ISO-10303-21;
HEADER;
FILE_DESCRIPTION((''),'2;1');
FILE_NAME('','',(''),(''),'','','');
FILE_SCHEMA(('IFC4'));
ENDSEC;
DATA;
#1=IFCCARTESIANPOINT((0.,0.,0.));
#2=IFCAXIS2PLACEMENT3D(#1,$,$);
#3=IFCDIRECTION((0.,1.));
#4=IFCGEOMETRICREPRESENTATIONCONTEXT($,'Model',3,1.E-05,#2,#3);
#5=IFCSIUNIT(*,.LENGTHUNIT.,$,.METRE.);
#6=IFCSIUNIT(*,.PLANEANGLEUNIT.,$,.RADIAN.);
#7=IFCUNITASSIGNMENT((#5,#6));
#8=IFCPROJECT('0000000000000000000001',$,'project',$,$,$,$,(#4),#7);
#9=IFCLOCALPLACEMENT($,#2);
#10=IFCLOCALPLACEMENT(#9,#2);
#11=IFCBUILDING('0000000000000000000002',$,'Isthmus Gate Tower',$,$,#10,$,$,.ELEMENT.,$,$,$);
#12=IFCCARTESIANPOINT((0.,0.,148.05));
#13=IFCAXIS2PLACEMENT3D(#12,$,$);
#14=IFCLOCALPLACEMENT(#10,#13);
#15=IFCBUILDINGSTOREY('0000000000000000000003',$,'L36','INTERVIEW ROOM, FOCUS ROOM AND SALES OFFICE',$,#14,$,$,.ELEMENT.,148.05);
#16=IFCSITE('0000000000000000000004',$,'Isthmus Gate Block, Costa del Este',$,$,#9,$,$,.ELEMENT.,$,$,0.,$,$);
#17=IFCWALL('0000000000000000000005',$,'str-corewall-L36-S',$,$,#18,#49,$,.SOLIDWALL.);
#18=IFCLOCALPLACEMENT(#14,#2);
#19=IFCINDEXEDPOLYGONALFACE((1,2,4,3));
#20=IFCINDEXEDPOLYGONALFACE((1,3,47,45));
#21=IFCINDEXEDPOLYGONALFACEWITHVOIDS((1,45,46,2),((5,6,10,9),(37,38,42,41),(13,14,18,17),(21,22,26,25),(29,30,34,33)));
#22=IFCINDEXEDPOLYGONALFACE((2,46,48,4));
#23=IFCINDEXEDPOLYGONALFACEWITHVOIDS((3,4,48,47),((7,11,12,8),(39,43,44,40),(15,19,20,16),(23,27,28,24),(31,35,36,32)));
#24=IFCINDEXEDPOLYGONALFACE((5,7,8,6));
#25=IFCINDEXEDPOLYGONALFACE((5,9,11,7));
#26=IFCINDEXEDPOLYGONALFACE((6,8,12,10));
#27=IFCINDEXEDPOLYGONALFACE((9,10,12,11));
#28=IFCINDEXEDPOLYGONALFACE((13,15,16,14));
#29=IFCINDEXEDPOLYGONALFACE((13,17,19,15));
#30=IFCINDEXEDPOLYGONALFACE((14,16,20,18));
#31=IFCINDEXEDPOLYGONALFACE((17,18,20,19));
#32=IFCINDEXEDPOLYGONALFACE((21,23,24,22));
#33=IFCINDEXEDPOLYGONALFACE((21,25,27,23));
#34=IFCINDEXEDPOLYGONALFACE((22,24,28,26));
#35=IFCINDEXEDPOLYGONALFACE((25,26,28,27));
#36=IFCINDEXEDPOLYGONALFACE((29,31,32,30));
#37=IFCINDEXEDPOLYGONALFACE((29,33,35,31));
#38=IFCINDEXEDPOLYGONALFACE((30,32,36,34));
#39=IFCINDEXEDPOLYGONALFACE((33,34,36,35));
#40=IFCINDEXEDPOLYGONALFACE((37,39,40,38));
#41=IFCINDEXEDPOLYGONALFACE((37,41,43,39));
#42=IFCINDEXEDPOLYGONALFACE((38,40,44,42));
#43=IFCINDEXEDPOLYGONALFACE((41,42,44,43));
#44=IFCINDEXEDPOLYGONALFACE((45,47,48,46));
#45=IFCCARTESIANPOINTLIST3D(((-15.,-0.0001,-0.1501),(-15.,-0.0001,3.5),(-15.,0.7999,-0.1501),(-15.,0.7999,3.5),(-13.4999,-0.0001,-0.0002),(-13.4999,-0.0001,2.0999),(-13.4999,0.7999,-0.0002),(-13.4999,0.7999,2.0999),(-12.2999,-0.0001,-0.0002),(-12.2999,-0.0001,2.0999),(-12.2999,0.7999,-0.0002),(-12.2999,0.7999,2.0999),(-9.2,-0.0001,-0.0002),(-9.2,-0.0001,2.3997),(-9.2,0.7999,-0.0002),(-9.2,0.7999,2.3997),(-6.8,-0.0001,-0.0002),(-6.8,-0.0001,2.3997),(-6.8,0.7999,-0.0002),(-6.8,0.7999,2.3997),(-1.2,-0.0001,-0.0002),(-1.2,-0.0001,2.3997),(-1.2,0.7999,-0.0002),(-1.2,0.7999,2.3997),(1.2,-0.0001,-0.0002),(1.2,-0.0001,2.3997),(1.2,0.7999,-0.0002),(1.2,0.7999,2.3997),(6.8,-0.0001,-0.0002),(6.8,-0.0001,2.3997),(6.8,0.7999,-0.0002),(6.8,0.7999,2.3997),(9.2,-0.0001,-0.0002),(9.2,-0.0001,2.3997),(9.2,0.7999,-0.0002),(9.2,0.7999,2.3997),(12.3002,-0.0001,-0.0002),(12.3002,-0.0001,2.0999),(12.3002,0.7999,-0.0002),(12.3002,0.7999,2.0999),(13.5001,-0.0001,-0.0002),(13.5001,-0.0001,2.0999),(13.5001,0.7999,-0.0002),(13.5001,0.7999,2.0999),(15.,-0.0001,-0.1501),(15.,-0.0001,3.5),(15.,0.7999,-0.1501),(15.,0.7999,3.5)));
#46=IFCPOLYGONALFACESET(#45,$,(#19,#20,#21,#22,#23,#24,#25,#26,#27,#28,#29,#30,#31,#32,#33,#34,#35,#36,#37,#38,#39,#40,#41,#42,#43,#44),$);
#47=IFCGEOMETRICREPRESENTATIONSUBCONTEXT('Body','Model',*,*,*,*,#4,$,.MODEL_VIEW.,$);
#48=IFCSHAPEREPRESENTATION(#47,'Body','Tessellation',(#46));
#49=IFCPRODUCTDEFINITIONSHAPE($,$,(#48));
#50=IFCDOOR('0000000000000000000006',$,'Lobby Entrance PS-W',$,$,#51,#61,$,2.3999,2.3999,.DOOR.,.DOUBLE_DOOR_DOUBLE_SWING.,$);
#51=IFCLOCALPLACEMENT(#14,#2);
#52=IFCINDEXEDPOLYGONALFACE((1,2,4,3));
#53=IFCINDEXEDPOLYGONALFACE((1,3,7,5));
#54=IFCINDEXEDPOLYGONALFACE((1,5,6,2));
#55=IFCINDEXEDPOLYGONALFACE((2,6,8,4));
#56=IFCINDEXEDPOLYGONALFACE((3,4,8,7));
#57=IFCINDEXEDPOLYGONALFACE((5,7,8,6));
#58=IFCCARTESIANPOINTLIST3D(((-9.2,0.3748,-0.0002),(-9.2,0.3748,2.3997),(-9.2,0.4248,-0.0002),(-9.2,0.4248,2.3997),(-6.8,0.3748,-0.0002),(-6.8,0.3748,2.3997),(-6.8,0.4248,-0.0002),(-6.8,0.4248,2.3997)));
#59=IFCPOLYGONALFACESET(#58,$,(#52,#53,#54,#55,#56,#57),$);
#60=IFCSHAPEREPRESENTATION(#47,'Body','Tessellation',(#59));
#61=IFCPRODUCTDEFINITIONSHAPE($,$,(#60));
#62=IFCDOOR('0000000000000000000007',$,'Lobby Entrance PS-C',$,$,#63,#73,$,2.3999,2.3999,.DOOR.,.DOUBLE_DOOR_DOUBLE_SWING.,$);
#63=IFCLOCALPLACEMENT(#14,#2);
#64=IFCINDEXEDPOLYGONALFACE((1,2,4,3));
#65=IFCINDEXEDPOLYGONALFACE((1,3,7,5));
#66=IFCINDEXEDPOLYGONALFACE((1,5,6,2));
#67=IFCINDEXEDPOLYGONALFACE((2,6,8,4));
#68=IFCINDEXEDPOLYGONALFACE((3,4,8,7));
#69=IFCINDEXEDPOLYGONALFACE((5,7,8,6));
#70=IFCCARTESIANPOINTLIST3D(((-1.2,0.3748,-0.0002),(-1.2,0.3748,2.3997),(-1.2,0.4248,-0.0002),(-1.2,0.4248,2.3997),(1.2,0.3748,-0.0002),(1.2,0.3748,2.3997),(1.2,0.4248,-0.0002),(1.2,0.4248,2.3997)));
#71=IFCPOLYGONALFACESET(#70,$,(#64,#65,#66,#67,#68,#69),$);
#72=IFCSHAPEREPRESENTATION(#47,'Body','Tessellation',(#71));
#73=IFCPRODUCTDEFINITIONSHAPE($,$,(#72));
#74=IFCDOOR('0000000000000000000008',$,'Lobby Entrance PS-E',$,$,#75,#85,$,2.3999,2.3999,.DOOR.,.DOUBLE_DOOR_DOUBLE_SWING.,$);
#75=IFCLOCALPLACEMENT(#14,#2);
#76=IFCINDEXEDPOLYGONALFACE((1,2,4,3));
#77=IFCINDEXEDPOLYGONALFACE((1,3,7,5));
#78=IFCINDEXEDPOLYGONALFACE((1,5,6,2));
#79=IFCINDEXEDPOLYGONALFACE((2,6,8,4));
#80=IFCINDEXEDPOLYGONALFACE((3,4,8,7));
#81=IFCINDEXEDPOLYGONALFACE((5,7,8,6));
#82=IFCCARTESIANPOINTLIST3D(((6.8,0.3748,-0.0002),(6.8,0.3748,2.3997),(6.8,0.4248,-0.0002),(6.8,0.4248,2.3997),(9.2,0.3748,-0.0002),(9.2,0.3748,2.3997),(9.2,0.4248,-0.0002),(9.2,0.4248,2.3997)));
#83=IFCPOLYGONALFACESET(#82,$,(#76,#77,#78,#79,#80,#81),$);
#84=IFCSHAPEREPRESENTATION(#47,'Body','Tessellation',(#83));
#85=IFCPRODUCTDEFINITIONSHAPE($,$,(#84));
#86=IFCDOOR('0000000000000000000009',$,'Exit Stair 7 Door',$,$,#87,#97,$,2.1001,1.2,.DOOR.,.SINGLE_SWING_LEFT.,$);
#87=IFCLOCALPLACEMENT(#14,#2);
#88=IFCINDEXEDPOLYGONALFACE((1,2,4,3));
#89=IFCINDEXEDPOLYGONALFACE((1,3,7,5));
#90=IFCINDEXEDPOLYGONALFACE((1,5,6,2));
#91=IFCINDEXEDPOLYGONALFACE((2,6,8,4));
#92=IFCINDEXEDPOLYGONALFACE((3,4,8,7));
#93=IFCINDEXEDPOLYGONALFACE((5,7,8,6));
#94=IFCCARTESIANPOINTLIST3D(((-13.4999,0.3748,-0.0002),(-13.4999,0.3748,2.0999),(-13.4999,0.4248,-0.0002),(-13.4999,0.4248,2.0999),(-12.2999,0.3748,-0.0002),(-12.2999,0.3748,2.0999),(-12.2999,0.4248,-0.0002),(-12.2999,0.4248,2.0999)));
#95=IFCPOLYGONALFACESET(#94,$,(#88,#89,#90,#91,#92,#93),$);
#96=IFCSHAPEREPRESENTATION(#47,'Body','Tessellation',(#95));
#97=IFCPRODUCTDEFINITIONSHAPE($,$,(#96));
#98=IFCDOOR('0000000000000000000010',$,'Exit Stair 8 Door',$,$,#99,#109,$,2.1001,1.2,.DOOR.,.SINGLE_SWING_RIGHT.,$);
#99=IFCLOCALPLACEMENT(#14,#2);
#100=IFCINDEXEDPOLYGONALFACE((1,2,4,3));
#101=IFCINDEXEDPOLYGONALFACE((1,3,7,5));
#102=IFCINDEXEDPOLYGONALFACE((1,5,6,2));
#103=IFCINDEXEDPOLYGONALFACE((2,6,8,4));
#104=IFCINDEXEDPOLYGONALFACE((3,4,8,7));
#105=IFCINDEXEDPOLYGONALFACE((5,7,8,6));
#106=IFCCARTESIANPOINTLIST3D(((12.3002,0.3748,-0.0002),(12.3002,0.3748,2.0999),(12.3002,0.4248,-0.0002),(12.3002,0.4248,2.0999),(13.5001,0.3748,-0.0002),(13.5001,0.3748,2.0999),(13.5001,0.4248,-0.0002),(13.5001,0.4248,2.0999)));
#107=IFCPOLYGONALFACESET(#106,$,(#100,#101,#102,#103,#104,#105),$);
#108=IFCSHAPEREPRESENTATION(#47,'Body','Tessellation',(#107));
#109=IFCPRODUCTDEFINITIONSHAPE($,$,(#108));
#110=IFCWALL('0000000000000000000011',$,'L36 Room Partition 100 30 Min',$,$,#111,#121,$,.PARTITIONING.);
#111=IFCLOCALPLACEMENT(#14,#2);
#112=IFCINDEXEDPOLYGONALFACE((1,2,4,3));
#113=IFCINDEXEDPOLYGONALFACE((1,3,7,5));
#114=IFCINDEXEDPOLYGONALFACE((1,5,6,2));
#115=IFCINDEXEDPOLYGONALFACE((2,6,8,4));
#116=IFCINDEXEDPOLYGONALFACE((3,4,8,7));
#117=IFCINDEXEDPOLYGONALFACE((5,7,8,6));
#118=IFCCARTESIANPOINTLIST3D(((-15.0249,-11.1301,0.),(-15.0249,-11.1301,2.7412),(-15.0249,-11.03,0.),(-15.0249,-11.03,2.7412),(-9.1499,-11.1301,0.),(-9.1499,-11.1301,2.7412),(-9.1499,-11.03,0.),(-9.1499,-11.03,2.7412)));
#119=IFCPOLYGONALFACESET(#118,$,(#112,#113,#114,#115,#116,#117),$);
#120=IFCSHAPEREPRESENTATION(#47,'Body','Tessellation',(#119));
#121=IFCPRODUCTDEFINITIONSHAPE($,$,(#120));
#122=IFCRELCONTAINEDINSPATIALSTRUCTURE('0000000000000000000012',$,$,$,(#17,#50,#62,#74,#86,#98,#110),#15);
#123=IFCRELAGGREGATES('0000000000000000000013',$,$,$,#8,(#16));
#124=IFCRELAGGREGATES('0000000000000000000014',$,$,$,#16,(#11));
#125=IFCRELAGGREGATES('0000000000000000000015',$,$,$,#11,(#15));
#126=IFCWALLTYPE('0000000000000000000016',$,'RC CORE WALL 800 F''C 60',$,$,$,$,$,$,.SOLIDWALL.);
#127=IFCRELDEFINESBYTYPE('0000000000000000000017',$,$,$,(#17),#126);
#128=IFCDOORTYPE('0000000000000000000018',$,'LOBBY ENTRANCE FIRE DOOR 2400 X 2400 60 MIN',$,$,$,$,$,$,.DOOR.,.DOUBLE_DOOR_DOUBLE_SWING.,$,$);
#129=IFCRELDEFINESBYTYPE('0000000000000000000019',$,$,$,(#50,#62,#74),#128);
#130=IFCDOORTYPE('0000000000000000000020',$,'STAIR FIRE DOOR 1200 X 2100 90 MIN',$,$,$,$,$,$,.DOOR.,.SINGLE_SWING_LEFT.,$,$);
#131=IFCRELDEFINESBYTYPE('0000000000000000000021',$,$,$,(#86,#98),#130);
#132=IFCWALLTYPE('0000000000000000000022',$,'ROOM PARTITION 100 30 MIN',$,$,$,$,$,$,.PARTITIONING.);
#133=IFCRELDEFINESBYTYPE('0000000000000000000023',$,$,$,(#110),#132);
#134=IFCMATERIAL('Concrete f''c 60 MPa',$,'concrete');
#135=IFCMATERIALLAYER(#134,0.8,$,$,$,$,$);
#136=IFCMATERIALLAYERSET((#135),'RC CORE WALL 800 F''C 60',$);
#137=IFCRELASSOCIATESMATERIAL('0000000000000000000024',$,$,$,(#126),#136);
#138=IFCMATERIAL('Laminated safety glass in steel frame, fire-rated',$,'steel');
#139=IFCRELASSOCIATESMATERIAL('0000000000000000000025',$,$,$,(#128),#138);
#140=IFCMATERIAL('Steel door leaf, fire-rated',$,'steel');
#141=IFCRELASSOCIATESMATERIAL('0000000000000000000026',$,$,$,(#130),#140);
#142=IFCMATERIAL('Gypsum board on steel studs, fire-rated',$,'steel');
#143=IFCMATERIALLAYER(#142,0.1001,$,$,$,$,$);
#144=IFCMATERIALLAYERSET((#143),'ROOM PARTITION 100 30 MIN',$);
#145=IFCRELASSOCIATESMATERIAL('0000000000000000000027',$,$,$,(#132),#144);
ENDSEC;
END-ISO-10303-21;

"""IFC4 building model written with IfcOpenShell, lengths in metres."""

from ifc_helpers import new_model, si_unit, direction, frame, frame_2d, origin, place, context, subcontext, project, spatial, rectangle, extrude, material, layer, layer_set, type_object, element, fill, save


model = new_model("IFC4")

# Units and contexts
model_context = context("Model", 3, precision=1e-05, world=origin(), true_north=direction((0.0, 1.0)))
body_context = subcontext(model_context, "Body", "Model", "MODEL_VIEW")
ifc_project = project(units=[si_unit("LENGTHUNIT", "METRE"), si_unit("PLANEANGLEUNIT", "RADIAN")], contexts=[model_context])

# Site, building, storey
site_placement = place(None, origin())
site = spatial("IfcSite", under=ifc_project, at=site_placement, Name="Isthmus Gate Block, Costa del Este", CompositionType="ELEMENT", RefElevation=0.0)
building_placement = place(site_placement, origin())
building = spatial("IfcBuilding", under=site, at=building_placement, Name="Isthmus Gate Tower", CompositionType="ELEMENT")
storey_placement = place(building_placement, frame((0.0, 0.0, 148.05)))
storey = spatial("IfcBuildingStorey", under=building, at=storey_placement, Name="L36", Description="INTERVIEW ROOM, FOCUS ROOM AND SALES OFFICE", CompositionType="ELEMENT", Elevation=148.05)

# Wall, openings, doors
ifc_material_1 = material(Name="Concrete f'c 60 MPa", Category="concrete")
ifc_layer_1 = layer(ifc_material_1, 0.8)
ifc_layer_set_1 = layer_set([ifc_layer_1], Name="RC CORE WALL 800 F'C 60")
wall_type_1 = type_object("IfcWallType", Name="RC CORE WALL 800 F'C 60", PredefinedType="SOLIDWALL", material=ifc_layer_set_1)
wall_1_placement = place(storey_placement, frame((-15.0, 0.3999, -0.1501), z_axis=(0.0, 0.0, 1.0), x_axis=(1.0, 0.0, 0.0)))
wall_1 = element("IfcWall", 1, at=wall_1_placement, inside=storey, type_object=wall_type_1, Name="str-corewall-L36-S", PredefinedType="SOLIDWALL", context=body_context, shape_type="SweptSolid", body=[
    extrude(rectangle(XDim=30.0, YDim=0.8, at=frame_2d((15.0, 0.0))), origin(), (0.0, 0.0, 1.0), 3.6501),
])
opening_1_placement = place(wall_1_placement, frame((5.8, 0.0, 0.1499)))
opening_1 = element("IfcOpeningElement", 2, at=opening_1_placement, cuts=wall_1, PredefinedType="OPENING", context=body_context, shape_type="SweptSolid", body=[
    extrude(rectangle(XDim=2.3999, YDim=2.3999, at=frame_2d((1.2, 1.2))), frame((0.0, 0.4099, 0.0), z_axis=(0.0, -1.0, 0.0), x_axis=(1.0, 0.0, 0.0)), (0.0, 0.0, 1.0), 0.8201),
])
opening_2_placement = place(wall_1_placement, frame((13.8, 0.0, 0.1499)))
opening_2 = element("IfcOpeningElement", 3, at=opening_2_placement, cuts=wall_1, PredefinedType="OPENING", context=body_context, shape_type="SweptSolid", body=[
    extrude(rectangle(XDim=2.3999, YDim=2.3999, at=frame_2d((1.2, 1.2))), frame((0.0, 0.4099, 0.0), z_axis=(0.0, -1.0, 0.0), x_axis=(1.0, 0.0, 0.0)), (0.0, 0.0, 1.0), 0.8201),
])
opening_3_placement = place(wall_1_placement, frame((21.8, 0.0, 0.1499)))
opening_3 = element("IfcOpeningElement", 4, at=opening_3_placement, cuts=wall_1, PredefinedType="OPENING", context=body_context, shape_type="SweptSolid", body=[
    extrude(rectangle(XDim=2.3999, YDim=2.3999, at=frame_2d((1.2, 1.2))), frame((0.0, 0.4099, 0.0), z_axis=(0.0, -1.0, 0.0), x_axis=(1.0, 0.0, 0.0)), (0.0, 0.0, 1.0), 0.8201),
])
opening_4_placement = place(wall_1_placement, frame((1.5, 0.0, 0.1499)))
opening_4 = element("IfcOpeningElement", 5, at=opening_4_placement, cuts=wall_1, PredefinedType="OPENING", context=body_context, shape_type="SweptSolid", body=[
    extrude(rectangle(XDim=1.2, YDim=2.1001, at=frame_2d((0.6001, 1.05))), frame((0.0, 0.4099, 0.0), z_axis=(0.0, -1.0, 0.0), x_axis=(1.0, 0.0, 0.0)), (0.0, 0.0, 1.0), 0.8201),
])
opening_5_placement = place(wall_1_placement, frame((27.3, 0.0, 0.1499)))
opening_5 = element("IfcOpeningElement", 6, at=opening_5_placement, cuts=wall_1, PredefinedType="OPENING", context=body_context, shape_type="SweptSolid", body=[
    extrude(rectangle(XDim=1.2, YDim=2.1001, at=frame_2d((0.6001, 1.05))), frame((0.0, 0.4099, 0.0), z_axis=(0.0, -1.0, 0.0), x_axis=(1.0, 0.0, 0.0)), (0.0, 0.0, 1.0), 0.8201),
])
ifc_material_2 = material(Name="Laminated safety glass in steel frame, fire-rated", Category="steel")
door_type_1 = type_object("IfcDoorType", Name="LOBBY ENTRANCE FIRE DOOR 2400 X 2400 60 MIN", OperationType="DOUBLE_DOOR_DOUBLE_SWING", PredefinedType="DOOR", material=ifc_material_2)
door_1_placement = place(opening_1_placement, origin())
door_1 = element("IfcDoor", 7, at=door_1_placement, inside=storey, type_object=door_type_1, Name="Lobby Entrance PS-W", OperationType="DOUBLE_DOOR_DOUBLE_SWING", OverallHeight=2.3999, OverallWidth=2.3999, PredefinedType="DOOR", context=body_context, shape_type="SweptSolid", body=[
    extrude(rectangle(XDim=2.3999, YDim=2.3999, at=frame_2d((1.2, 1.2))), frame((0.0, 0.0249, 0.0), z_axis=(0.0, -1.0, 0.0), x_axis=(1.0, 0.0, 0.0)), (0.0, 0.0, 1.0), 0.05),
])
fill(opening_1, door_1)
door_2_placement = place(opening_2_placement, origin())
door_2 = element("IfcDoor", 8, at=door_2_placement, inside=storey, type_object=door_type_1, Name="Lobby Entrance PS-C", OperationType="DOUBLE_DOOR_DOUBLE_SWING", OverallHeight=2.3999, OverallWidth=2.3999, PredefinedType="DOOR", context=body_context, shape_type="SweptSolid", body=[
    extrude(rectangle(XDim=2.3999, YDim=2.3999, at=frame_2d((1.2, 1.2))), frame((0.0, 0.0249, 0.0), z_axis=(0.0, -1.0, 0.0), x_axis=(1.0, 0.0, 0.0)), (0.0, 0.0, 1.0), 0.05),
])
fill(opening_2, door_2)
door_3_placement = place(opening_3_placement, origin())
door_3 = element("IfcDoor", 9, at=door_3_placement, inside=storey, type_object=door_type_1, Name="Lobby Entrance PS-E", OperationType="DOUBLE_DOOR_DOUBLE_SWING", OverallHeight=2.3999, OverallWidth=2.3999, PredefinedType="DOOR", context=body_context, shape_type="SweptSolid", body=[
    extrude(rectangle(XDim=2.3999, YDim=2.3999, at=frame_2d((1.2, 1.2))), frame((0.0, 0.0249, 0.0), z_axis=(0.0, -1.0, 0.0), x_axis=(1.0, 0.0, 0.0)), (0.0, 0.0, 1.0), 0.05),
])
fill(opening_3, door_3)
ifc_material_3 = material(Name="Steel door leaf, fire-rated", Category="steel")
door_type_2 = type_object("IfcDoorType", Name="STAIR FIRE DOOR 1200 X 2100 90 MIN", OperationType="SINGLE_SWING_LEFT", PredefinedType="DOOR", material=ifc_material_3)
door_4_placement = place(opening_4_placement, origin())
door_4 = element("IfcDoor", 10, at=door_4_placement, inside=storey, type_object=door_type_2, Name="Exit Stair 7 Door", OperationType="SINGLE_SWING_LEFT", OverallHeight=2.1001, OverallWidth=1.2, PredefinedType="DOOR", context=body_context, shape_type="SweptSolid", body=[
    extrude(rectangle(XDim=1.2, YDim=2.1001, at=frame_2d((0.6001, 1.05))), frame((0.0, 0.0249, 0.0), z_axis=(0.0, -1.0, 0.0), x_axis=(1.0, 0.0, 0.0)), (0.0, 0.0, 1.0), 0.05),
])
fill(opening_4, door_4)
door_5_placement = place(opening_5_placement, origin())
door_5 = element("IfcDoor", 11, at=door_5_placement, inside=storey, type_object=door_type_2, Name="Exit Stair 8 Door", OperationType="SINGLE_SWING_RIGHT", OverallHeight=2.1001, OverallWidth=1.2, PredefinedType="DOOR", context=body_context, shape_type="SweptSolid", body=[
    extrude(rectangle(XDim=1.2, YDim=2.1001, at=frame_2d((0.6001, 1.05))), frame((0.0, 0.0249, 0.0), z_axis=(0.0, -1.0, 0.0), x_axis=(1.0, 0.0, 0.0)), (0.0, 0.0, 1.0), 0.05),
])
fill(opening_5, door_5)

# Wall
ifc_material_4 = material(Name="Gypsum board on steel studs, fire-rated", Category="steel")
ifc_layer_2 = layer(ifc_material_4, 0.1001)
ifc_layer_set_2 = layer_set([ifc_layer_2], Name="ROOM PARTITION 100 30 MIN")
wall_type_2 = type_object("IfcWallType", Name="ROOM PARTITION 100 30 MIN", PredefinedType="PARTITIONING", material=ifc_layer_set_2)
wall_2_placement = place(storey_placement, frame((-15.0249, -11.0801, 0.0), z_axis=(0.0, 0.0, 1.0), x_axis=(1.0, 0.0, 0.0)))
element("IfcWall", 12, at=wall_2_placement, inside=storey, type_object=wall_type_2, Name="L36 Room Partition 100 30 Min", PredefinedType="PARTITIONING", context=body_context, shape_type="SweptSolid", body=[
    extrude(rectangle(XDim=5.875, YDim=0.1001, at=frame_2d((2.9375, 0.0))), origin(), (0.0, 0.0, 1.0), 2.7412),
])

save(model, "model.ifc")
